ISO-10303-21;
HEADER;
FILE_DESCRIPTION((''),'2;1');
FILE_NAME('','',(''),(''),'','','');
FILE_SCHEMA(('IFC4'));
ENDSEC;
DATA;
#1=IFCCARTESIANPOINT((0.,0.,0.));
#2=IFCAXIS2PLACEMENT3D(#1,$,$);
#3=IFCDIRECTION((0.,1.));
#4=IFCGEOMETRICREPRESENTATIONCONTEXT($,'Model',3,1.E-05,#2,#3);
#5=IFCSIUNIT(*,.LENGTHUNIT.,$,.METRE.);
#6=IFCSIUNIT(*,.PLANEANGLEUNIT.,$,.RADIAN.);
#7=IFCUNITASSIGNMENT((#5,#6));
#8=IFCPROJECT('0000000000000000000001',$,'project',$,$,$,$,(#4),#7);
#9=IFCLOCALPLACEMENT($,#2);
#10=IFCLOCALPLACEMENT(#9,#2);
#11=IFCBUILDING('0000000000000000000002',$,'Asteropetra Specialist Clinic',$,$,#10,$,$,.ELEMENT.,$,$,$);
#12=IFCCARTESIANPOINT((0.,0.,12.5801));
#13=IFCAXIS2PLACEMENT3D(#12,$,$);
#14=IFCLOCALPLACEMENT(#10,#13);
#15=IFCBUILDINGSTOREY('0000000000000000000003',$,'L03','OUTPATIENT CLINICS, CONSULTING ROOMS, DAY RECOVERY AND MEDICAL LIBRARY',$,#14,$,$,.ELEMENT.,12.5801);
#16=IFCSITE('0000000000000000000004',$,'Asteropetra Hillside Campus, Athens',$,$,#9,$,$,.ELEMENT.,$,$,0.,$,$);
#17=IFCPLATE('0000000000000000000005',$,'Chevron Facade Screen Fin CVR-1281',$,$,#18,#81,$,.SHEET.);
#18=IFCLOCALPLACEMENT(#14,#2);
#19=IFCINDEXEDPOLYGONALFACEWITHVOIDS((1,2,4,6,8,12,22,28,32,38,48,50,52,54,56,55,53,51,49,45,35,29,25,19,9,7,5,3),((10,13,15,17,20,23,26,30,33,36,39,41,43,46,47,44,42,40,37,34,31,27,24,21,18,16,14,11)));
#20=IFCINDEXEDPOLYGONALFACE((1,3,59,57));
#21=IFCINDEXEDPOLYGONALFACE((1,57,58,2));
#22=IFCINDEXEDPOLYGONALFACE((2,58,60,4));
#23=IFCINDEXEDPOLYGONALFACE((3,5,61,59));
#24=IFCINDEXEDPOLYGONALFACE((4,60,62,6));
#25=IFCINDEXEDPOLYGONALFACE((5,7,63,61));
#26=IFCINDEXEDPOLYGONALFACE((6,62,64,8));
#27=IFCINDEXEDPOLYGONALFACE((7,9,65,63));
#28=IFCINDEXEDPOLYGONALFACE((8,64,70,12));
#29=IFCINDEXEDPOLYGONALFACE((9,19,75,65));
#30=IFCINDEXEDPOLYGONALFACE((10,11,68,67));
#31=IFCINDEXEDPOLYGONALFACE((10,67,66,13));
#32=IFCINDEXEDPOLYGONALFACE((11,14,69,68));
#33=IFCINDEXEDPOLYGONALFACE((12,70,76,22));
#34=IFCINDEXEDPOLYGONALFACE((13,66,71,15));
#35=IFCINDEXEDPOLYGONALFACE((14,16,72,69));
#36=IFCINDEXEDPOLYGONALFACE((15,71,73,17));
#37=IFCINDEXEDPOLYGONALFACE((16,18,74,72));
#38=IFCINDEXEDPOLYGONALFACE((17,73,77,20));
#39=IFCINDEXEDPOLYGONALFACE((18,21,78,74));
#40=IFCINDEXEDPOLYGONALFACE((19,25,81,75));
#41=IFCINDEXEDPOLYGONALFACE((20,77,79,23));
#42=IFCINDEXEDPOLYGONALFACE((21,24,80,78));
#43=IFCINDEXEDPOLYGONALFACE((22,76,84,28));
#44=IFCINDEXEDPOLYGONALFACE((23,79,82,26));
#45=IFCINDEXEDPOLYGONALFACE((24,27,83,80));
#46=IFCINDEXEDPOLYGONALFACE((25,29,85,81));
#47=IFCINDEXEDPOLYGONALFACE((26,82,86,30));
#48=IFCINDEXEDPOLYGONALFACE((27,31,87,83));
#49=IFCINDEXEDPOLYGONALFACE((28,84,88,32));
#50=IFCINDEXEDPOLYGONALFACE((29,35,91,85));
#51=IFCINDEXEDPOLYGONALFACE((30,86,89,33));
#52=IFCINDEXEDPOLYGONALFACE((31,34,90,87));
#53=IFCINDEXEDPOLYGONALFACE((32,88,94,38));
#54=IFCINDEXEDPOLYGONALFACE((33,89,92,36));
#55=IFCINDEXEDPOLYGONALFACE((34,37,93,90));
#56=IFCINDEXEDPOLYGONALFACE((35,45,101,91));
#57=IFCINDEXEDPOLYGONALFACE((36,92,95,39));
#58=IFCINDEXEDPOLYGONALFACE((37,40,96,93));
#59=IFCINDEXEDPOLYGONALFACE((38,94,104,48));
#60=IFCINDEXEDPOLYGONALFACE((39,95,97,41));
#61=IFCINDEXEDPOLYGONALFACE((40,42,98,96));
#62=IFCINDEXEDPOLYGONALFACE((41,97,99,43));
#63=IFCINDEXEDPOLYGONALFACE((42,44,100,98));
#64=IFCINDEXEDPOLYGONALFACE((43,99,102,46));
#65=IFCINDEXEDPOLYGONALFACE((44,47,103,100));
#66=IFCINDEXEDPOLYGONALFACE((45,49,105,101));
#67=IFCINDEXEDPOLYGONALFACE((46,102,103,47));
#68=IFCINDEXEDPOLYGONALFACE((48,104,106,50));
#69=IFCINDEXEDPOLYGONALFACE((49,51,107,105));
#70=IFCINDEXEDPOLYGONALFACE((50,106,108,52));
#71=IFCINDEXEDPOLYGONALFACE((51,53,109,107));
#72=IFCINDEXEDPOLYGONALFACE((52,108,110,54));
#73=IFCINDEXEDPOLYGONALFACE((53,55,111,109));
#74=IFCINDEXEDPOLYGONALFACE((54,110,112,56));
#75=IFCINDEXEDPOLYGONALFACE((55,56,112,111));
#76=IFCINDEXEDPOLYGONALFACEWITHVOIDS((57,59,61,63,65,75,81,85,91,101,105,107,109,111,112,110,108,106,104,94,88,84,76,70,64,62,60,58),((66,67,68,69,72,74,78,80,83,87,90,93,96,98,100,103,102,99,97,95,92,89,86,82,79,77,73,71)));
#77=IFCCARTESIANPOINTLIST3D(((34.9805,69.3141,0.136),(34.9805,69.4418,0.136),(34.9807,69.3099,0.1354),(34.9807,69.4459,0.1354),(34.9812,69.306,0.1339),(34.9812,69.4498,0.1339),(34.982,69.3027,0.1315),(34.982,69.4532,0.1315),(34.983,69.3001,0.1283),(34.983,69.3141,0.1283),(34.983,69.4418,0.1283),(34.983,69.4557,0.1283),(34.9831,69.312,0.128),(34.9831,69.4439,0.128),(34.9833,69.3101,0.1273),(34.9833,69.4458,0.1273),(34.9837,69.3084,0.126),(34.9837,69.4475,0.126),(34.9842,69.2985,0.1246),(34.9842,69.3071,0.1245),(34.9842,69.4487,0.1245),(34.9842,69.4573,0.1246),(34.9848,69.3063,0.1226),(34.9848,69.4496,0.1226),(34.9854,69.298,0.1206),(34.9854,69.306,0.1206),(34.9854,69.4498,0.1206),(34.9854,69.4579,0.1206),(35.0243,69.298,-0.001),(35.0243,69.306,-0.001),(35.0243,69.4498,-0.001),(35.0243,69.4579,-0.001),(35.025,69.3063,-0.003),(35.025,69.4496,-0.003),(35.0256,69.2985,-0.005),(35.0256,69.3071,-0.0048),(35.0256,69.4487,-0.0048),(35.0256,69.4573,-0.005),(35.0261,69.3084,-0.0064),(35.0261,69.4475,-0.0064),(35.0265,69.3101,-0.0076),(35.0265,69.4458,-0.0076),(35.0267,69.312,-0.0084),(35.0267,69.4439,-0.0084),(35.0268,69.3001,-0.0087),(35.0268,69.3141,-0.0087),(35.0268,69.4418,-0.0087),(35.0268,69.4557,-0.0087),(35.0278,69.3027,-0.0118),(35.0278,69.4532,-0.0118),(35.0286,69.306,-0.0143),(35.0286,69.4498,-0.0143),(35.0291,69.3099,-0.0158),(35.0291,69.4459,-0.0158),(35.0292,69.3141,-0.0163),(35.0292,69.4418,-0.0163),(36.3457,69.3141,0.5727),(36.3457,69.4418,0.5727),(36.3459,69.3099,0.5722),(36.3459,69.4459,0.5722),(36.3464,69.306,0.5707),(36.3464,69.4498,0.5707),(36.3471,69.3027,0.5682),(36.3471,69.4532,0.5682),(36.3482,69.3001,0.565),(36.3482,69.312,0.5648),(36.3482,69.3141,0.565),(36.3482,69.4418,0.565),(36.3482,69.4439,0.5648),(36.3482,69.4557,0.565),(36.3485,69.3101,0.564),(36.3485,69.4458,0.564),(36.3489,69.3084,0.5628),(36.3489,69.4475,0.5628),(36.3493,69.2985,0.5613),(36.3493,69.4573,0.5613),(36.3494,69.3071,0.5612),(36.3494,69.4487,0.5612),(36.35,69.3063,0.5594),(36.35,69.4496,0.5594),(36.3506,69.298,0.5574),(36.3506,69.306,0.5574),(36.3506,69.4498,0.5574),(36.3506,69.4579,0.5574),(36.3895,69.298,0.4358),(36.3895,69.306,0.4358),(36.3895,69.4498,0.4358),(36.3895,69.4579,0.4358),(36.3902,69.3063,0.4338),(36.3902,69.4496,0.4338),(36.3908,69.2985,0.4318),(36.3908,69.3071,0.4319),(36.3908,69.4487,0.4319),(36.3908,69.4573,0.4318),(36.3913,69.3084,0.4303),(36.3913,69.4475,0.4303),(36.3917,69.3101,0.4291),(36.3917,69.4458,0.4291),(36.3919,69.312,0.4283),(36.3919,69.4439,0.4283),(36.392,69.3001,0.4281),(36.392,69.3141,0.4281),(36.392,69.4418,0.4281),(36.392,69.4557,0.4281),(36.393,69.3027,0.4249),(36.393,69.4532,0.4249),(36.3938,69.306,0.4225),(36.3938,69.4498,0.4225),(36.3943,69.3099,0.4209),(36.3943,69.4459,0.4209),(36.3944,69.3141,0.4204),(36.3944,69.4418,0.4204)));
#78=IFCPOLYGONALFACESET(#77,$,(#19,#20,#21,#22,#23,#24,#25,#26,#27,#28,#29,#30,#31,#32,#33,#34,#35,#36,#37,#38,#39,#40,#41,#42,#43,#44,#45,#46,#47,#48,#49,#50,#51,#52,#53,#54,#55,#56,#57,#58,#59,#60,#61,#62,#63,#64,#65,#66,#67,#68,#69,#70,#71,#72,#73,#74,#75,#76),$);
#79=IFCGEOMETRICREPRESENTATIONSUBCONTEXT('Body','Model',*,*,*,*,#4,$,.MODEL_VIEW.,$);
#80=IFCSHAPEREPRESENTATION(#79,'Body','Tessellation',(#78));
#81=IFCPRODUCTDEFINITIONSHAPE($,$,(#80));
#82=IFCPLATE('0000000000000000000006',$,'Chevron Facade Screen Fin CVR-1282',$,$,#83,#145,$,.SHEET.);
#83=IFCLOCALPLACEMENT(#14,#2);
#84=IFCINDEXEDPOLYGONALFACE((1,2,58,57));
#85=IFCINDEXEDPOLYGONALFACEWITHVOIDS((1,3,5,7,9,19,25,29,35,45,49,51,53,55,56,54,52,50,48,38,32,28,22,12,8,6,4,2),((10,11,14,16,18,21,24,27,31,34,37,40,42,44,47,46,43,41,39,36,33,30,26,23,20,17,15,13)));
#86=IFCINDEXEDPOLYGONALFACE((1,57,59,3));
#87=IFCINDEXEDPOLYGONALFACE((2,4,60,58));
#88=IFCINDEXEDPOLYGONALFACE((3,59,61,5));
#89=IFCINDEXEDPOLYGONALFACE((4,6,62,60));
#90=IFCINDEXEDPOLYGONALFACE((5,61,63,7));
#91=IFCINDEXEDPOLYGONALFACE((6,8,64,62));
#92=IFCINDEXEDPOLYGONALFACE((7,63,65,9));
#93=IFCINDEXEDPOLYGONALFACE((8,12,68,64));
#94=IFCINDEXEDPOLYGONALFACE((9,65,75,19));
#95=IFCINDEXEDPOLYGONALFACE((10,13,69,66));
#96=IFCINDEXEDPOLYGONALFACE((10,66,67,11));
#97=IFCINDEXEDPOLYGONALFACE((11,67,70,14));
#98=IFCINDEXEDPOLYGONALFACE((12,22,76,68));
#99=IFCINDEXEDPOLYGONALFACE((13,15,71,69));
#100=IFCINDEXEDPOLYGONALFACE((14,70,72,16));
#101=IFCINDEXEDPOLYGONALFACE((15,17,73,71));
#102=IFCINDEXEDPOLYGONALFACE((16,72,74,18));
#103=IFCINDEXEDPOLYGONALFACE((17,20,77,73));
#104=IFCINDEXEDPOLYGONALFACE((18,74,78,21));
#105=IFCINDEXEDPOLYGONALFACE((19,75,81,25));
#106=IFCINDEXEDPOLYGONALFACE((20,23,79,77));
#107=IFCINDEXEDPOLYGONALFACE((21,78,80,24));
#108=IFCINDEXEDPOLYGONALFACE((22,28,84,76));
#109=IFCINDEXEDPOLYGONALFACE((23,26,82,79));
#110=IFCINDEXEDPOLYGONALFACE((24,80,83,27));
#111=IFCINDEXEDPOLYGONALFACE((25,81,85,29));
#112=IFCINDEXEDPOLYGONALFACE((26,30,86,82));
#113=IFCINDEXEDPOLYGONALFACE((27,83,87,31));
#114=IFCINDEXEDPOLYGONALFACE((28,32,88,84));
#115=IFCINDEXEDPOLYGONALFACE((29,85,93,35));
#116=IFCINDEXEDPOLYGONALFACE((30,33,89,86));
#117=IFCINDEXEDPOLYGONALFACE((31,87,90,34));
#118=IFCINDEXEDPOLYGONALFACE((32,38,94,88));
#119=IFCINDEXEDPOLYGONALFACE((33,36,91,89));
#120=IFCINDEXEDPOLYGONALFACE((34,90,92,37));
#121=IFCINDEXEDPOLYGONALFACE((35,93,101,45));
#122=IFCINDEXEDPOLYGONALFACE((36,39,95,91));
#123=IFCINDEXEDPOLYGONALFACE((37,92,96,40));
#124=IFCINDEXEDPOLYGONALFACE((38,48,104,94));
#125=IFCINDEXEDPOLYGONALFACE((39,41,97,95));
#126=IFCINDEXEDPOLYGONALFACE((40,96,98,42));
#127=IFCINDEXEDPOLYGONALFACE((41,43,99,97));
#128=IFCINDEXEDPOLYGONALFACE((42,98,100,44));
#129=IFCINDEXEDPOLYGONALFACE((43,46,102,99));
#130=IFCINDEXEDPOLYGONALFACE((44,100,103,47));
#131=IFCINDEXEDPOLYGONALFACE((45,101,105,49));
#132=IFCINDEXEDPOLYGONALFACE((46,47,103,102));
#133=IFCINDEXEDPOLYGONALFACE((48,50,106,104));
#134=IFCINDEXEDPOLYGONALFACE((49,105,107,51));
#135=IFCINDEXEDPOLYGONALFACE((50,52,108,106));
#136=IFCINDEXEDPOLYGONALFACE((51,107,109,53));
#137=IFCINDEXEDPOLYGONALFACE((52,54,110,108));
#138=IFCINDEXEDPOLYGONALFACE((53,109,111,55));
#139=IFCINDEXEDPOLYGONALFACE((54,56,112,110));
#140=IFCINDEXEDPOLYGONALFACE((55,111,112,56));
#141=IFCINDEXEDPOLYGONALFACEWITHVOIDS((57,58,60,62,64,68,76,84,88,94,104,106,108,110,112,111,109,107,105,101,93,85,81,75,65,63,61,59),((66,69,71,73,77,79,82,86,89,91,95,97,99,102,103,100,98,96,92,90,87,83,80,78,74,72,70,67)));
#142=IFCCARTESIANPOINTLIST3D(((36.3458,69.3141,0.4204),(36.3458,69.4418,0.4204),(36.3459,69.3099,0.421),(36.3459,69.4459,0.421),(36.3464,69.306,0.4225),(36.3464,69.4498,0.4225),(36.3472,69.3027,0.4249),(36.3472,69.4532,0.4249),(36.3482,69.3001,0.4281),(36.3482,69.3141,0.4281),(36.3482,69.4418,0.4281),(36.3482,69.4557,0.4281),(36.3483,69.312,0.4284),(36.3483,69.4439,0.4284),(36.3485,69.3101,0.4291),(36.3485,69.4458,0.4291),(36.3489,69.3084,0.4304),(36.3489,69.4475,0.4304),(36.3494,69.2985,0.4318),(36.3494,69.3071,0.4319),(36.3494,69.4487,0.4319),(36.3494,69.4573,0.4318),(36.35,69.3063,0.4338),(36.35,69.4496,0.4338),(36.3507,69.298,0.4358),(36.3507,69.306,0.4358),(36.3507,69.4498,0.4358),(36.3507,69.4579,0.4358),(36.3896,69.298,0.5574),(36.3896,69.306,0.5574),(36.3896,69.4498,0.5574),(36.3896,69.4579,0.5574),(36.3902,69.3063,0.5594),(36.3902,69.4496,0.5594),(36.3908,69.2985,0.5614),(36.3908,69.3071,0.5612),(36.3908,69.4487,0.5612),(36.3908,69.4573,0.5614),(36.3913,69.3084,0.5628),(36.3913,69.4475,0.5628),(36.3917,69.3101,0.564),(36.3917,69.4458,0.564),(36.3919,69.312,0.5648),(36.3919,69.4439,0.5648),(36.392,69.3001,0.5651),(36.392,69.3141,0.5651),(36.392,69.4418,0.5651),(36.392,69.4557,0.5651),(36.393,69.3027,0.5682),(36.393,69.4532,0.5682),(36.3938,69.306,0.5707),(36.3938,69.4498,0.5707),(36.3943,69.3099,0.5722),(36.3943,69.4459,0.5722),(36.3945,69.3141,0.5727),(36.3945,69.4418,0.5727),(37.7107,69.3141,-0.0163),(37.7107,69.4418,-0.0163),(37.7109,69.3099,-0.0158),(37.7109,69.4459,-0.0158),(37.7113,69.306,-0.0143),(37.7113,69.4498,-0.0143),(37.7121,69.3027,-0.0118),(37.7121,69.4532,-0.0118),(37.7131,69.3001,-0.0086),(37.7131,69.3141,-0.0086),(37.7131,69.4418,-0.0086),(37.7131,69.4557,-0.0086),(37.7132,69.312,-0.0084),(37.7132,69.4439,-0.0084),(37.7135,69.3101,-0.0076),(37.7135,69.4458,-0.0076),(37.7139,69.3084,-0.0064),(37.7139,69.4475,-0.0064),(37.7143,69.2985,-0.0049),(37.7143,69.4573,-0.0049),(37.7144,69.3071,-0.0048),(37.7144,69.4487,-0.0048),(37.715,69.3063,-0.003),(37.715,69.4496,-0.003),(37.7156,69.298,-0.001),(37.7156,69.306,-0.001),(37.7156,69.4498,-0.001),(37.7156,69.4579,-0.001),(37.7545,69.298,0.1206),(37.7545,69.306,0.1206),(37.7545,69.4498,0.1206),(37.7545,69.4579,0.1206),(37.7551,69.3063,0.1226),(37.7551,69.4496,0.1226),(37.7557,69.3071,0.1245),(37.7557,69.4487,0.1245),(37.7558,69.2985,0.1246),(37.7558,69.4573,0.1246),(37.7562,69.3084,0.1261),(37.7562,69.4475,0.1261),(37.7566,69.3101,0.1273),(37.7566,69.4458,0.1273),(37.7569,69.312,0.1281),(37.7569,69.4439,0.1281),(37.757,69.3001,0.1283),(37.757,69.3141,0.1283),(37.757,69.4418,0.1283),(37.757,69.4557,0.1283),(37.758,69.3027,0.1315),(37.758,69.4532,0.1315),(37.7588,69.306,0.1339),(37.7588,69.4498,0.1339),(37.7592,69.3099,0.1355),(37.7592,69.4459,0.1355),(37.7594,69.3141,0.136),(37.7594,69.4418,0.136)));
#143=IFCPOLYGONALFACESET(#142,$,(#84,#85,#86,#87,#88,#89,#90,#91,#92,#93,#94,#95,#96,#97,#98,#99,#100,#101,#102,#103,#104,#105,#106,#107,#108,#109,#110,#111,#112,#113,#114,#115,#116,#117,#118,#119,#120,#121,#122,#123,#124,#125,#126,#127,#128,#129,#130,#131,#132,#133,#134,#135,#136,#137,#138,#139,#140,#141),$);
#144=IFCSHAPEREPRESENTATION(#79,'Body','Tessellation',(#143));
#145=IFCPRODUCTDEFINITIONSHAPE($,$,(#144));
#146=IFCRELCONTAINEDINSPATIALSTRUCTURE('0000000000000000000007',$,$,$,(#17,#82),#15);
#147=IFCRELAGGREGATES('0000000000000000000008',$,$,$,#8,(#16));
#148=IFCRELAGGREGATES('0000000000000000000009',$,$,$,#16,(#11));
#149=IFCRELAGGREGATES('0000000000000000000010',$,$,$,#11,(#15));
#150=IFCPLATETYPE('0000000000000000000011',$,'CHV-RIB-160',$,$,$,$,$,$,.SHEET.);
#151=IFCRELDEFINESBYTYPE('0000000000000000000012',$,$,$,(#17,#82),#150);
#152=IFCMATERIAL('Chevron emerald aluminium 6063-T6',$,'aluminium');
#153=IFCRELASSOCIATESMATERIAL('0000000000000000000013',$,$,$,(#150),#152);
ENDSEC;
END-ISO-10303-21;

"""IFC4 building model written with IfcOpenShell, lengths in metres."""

from ifc_helpers import new_model, si_unit, direction, frame, origin, origin_2d, place, context, subcontext, project, spatial, hollow_rectangle, extrude, material, material_profile, profile_set, type_object, element, save


model = new_model("IFC4")

# Units and contexts
model_context = context("Model", 3, precision=1e-05, world=origin(), true_north=direction((0.0, 1.0)))
body_context = subcontext(model_context, "Body", "Model", "MODEL_VIEW")
ifc_project = project(units=[si_unit("LENGTHUNIT", "METRE"), si_unit("PLANEANGLEUNIT", "RADIAN")], contexts=[model_context])

# Site, building, storey
site_placement = place(None, origin())
site = spatial("IfcSite", under=ifc_project, at=site_placement, Name="Asteropetra Hillside Campus, Athens", CompositionType="ELEMENT", RefElevation=0.0)
building_placement = place(site_placement, origin())
building = spatial("IfcBuilding", under=site, at=building_placement, Name="Asteropetra Specialist Clinic", CompositionType="ELEMENT")
storey_placement = place(building_placement, frame((0.0, 0.0, 12.5801)))
storey = spatial("IfcBuildingStorey", under=building, at=storey_placement, Name="L03", Description="OUTPATIENT CLINICS, CONSULTING ROOMS, DAY RECOVERY AND MEDICAL LIBRARY", CompositionType="ELEMENT", Elevation=12.5801)

# Plates
ifc_material_1 = material(Name="Chevron emerald aluminium 6063-T6", Category="aluminium")
ifc_material_profile_1 = material_profile(ifc_material_1, hollow_rectangle(XDim=0.1599, YDim=0.1599, WallThickness=0.0081, InnerFilletRadius=0.0081, OuterFilletRadius=0.0161, at=origin_2d()), Name="SHS 160x160x8.0")
ifc_profile_set_1 = profile_set([ifc_material_profile_1], Name="Chevron emerald aluminium 6063-T6")
plate_type_1 = type_object("IfcPlateType", Name="CHV-RIB-160", PredefinedType="SHEET", material=ifc_profile_set_1)
plate_1_placement = place(storey_placement, frame((35.0049, 69.3779, 0.0598), z_axis=(0.952446, 0.0, 0.304708), x_axis=(0.0, 1.0, 0.0)))
element("IfcPlate", 1, at=plate_1_placement, inside=storey, type_object=plate_type_1, Name="Chevron Facade Screen Fin CVR-1281", PredefinedType="SHEET", context=body_context, shape_type="SweptSolid", body=[
    extrude(hollow_rectangle(XDim=0.1599, YDim=0.1599, WallThickness=0.0081, InnerFilletRadius=0.0081, OuterFilletRadius=0.0161, at=origin_2d()), origin(), (0.0, 0.0, 1.0), 1.4333),
])
plate_2_placement = place(storey_placement, frame((36.3701, 69.3779, 0.4966), z_axis=(0.95243, 0.0, -0.304757), x_axis=(0.0, 1.0, 0.0)))
element("IfcPlate", 2, at=plate_2_placement, inside=storey, type_object=plate_type_1, Name="Chevron Facade Screen Fin CVR-1282", PredefinedType="SHEET", context=body_context, shape_type="SweptSolid", body=[
    extrude(hollow_rectangle(XDim=0.1599, YDim=0.1599, WallThickness=0.0081, InnerFilletRadius=0.0081, OuterFilletRadius=0.0161, at=origin_2d()), origin(), (0.0, 0.0, 1.0), 1.4331),
])

save(model, "model.ifc")
